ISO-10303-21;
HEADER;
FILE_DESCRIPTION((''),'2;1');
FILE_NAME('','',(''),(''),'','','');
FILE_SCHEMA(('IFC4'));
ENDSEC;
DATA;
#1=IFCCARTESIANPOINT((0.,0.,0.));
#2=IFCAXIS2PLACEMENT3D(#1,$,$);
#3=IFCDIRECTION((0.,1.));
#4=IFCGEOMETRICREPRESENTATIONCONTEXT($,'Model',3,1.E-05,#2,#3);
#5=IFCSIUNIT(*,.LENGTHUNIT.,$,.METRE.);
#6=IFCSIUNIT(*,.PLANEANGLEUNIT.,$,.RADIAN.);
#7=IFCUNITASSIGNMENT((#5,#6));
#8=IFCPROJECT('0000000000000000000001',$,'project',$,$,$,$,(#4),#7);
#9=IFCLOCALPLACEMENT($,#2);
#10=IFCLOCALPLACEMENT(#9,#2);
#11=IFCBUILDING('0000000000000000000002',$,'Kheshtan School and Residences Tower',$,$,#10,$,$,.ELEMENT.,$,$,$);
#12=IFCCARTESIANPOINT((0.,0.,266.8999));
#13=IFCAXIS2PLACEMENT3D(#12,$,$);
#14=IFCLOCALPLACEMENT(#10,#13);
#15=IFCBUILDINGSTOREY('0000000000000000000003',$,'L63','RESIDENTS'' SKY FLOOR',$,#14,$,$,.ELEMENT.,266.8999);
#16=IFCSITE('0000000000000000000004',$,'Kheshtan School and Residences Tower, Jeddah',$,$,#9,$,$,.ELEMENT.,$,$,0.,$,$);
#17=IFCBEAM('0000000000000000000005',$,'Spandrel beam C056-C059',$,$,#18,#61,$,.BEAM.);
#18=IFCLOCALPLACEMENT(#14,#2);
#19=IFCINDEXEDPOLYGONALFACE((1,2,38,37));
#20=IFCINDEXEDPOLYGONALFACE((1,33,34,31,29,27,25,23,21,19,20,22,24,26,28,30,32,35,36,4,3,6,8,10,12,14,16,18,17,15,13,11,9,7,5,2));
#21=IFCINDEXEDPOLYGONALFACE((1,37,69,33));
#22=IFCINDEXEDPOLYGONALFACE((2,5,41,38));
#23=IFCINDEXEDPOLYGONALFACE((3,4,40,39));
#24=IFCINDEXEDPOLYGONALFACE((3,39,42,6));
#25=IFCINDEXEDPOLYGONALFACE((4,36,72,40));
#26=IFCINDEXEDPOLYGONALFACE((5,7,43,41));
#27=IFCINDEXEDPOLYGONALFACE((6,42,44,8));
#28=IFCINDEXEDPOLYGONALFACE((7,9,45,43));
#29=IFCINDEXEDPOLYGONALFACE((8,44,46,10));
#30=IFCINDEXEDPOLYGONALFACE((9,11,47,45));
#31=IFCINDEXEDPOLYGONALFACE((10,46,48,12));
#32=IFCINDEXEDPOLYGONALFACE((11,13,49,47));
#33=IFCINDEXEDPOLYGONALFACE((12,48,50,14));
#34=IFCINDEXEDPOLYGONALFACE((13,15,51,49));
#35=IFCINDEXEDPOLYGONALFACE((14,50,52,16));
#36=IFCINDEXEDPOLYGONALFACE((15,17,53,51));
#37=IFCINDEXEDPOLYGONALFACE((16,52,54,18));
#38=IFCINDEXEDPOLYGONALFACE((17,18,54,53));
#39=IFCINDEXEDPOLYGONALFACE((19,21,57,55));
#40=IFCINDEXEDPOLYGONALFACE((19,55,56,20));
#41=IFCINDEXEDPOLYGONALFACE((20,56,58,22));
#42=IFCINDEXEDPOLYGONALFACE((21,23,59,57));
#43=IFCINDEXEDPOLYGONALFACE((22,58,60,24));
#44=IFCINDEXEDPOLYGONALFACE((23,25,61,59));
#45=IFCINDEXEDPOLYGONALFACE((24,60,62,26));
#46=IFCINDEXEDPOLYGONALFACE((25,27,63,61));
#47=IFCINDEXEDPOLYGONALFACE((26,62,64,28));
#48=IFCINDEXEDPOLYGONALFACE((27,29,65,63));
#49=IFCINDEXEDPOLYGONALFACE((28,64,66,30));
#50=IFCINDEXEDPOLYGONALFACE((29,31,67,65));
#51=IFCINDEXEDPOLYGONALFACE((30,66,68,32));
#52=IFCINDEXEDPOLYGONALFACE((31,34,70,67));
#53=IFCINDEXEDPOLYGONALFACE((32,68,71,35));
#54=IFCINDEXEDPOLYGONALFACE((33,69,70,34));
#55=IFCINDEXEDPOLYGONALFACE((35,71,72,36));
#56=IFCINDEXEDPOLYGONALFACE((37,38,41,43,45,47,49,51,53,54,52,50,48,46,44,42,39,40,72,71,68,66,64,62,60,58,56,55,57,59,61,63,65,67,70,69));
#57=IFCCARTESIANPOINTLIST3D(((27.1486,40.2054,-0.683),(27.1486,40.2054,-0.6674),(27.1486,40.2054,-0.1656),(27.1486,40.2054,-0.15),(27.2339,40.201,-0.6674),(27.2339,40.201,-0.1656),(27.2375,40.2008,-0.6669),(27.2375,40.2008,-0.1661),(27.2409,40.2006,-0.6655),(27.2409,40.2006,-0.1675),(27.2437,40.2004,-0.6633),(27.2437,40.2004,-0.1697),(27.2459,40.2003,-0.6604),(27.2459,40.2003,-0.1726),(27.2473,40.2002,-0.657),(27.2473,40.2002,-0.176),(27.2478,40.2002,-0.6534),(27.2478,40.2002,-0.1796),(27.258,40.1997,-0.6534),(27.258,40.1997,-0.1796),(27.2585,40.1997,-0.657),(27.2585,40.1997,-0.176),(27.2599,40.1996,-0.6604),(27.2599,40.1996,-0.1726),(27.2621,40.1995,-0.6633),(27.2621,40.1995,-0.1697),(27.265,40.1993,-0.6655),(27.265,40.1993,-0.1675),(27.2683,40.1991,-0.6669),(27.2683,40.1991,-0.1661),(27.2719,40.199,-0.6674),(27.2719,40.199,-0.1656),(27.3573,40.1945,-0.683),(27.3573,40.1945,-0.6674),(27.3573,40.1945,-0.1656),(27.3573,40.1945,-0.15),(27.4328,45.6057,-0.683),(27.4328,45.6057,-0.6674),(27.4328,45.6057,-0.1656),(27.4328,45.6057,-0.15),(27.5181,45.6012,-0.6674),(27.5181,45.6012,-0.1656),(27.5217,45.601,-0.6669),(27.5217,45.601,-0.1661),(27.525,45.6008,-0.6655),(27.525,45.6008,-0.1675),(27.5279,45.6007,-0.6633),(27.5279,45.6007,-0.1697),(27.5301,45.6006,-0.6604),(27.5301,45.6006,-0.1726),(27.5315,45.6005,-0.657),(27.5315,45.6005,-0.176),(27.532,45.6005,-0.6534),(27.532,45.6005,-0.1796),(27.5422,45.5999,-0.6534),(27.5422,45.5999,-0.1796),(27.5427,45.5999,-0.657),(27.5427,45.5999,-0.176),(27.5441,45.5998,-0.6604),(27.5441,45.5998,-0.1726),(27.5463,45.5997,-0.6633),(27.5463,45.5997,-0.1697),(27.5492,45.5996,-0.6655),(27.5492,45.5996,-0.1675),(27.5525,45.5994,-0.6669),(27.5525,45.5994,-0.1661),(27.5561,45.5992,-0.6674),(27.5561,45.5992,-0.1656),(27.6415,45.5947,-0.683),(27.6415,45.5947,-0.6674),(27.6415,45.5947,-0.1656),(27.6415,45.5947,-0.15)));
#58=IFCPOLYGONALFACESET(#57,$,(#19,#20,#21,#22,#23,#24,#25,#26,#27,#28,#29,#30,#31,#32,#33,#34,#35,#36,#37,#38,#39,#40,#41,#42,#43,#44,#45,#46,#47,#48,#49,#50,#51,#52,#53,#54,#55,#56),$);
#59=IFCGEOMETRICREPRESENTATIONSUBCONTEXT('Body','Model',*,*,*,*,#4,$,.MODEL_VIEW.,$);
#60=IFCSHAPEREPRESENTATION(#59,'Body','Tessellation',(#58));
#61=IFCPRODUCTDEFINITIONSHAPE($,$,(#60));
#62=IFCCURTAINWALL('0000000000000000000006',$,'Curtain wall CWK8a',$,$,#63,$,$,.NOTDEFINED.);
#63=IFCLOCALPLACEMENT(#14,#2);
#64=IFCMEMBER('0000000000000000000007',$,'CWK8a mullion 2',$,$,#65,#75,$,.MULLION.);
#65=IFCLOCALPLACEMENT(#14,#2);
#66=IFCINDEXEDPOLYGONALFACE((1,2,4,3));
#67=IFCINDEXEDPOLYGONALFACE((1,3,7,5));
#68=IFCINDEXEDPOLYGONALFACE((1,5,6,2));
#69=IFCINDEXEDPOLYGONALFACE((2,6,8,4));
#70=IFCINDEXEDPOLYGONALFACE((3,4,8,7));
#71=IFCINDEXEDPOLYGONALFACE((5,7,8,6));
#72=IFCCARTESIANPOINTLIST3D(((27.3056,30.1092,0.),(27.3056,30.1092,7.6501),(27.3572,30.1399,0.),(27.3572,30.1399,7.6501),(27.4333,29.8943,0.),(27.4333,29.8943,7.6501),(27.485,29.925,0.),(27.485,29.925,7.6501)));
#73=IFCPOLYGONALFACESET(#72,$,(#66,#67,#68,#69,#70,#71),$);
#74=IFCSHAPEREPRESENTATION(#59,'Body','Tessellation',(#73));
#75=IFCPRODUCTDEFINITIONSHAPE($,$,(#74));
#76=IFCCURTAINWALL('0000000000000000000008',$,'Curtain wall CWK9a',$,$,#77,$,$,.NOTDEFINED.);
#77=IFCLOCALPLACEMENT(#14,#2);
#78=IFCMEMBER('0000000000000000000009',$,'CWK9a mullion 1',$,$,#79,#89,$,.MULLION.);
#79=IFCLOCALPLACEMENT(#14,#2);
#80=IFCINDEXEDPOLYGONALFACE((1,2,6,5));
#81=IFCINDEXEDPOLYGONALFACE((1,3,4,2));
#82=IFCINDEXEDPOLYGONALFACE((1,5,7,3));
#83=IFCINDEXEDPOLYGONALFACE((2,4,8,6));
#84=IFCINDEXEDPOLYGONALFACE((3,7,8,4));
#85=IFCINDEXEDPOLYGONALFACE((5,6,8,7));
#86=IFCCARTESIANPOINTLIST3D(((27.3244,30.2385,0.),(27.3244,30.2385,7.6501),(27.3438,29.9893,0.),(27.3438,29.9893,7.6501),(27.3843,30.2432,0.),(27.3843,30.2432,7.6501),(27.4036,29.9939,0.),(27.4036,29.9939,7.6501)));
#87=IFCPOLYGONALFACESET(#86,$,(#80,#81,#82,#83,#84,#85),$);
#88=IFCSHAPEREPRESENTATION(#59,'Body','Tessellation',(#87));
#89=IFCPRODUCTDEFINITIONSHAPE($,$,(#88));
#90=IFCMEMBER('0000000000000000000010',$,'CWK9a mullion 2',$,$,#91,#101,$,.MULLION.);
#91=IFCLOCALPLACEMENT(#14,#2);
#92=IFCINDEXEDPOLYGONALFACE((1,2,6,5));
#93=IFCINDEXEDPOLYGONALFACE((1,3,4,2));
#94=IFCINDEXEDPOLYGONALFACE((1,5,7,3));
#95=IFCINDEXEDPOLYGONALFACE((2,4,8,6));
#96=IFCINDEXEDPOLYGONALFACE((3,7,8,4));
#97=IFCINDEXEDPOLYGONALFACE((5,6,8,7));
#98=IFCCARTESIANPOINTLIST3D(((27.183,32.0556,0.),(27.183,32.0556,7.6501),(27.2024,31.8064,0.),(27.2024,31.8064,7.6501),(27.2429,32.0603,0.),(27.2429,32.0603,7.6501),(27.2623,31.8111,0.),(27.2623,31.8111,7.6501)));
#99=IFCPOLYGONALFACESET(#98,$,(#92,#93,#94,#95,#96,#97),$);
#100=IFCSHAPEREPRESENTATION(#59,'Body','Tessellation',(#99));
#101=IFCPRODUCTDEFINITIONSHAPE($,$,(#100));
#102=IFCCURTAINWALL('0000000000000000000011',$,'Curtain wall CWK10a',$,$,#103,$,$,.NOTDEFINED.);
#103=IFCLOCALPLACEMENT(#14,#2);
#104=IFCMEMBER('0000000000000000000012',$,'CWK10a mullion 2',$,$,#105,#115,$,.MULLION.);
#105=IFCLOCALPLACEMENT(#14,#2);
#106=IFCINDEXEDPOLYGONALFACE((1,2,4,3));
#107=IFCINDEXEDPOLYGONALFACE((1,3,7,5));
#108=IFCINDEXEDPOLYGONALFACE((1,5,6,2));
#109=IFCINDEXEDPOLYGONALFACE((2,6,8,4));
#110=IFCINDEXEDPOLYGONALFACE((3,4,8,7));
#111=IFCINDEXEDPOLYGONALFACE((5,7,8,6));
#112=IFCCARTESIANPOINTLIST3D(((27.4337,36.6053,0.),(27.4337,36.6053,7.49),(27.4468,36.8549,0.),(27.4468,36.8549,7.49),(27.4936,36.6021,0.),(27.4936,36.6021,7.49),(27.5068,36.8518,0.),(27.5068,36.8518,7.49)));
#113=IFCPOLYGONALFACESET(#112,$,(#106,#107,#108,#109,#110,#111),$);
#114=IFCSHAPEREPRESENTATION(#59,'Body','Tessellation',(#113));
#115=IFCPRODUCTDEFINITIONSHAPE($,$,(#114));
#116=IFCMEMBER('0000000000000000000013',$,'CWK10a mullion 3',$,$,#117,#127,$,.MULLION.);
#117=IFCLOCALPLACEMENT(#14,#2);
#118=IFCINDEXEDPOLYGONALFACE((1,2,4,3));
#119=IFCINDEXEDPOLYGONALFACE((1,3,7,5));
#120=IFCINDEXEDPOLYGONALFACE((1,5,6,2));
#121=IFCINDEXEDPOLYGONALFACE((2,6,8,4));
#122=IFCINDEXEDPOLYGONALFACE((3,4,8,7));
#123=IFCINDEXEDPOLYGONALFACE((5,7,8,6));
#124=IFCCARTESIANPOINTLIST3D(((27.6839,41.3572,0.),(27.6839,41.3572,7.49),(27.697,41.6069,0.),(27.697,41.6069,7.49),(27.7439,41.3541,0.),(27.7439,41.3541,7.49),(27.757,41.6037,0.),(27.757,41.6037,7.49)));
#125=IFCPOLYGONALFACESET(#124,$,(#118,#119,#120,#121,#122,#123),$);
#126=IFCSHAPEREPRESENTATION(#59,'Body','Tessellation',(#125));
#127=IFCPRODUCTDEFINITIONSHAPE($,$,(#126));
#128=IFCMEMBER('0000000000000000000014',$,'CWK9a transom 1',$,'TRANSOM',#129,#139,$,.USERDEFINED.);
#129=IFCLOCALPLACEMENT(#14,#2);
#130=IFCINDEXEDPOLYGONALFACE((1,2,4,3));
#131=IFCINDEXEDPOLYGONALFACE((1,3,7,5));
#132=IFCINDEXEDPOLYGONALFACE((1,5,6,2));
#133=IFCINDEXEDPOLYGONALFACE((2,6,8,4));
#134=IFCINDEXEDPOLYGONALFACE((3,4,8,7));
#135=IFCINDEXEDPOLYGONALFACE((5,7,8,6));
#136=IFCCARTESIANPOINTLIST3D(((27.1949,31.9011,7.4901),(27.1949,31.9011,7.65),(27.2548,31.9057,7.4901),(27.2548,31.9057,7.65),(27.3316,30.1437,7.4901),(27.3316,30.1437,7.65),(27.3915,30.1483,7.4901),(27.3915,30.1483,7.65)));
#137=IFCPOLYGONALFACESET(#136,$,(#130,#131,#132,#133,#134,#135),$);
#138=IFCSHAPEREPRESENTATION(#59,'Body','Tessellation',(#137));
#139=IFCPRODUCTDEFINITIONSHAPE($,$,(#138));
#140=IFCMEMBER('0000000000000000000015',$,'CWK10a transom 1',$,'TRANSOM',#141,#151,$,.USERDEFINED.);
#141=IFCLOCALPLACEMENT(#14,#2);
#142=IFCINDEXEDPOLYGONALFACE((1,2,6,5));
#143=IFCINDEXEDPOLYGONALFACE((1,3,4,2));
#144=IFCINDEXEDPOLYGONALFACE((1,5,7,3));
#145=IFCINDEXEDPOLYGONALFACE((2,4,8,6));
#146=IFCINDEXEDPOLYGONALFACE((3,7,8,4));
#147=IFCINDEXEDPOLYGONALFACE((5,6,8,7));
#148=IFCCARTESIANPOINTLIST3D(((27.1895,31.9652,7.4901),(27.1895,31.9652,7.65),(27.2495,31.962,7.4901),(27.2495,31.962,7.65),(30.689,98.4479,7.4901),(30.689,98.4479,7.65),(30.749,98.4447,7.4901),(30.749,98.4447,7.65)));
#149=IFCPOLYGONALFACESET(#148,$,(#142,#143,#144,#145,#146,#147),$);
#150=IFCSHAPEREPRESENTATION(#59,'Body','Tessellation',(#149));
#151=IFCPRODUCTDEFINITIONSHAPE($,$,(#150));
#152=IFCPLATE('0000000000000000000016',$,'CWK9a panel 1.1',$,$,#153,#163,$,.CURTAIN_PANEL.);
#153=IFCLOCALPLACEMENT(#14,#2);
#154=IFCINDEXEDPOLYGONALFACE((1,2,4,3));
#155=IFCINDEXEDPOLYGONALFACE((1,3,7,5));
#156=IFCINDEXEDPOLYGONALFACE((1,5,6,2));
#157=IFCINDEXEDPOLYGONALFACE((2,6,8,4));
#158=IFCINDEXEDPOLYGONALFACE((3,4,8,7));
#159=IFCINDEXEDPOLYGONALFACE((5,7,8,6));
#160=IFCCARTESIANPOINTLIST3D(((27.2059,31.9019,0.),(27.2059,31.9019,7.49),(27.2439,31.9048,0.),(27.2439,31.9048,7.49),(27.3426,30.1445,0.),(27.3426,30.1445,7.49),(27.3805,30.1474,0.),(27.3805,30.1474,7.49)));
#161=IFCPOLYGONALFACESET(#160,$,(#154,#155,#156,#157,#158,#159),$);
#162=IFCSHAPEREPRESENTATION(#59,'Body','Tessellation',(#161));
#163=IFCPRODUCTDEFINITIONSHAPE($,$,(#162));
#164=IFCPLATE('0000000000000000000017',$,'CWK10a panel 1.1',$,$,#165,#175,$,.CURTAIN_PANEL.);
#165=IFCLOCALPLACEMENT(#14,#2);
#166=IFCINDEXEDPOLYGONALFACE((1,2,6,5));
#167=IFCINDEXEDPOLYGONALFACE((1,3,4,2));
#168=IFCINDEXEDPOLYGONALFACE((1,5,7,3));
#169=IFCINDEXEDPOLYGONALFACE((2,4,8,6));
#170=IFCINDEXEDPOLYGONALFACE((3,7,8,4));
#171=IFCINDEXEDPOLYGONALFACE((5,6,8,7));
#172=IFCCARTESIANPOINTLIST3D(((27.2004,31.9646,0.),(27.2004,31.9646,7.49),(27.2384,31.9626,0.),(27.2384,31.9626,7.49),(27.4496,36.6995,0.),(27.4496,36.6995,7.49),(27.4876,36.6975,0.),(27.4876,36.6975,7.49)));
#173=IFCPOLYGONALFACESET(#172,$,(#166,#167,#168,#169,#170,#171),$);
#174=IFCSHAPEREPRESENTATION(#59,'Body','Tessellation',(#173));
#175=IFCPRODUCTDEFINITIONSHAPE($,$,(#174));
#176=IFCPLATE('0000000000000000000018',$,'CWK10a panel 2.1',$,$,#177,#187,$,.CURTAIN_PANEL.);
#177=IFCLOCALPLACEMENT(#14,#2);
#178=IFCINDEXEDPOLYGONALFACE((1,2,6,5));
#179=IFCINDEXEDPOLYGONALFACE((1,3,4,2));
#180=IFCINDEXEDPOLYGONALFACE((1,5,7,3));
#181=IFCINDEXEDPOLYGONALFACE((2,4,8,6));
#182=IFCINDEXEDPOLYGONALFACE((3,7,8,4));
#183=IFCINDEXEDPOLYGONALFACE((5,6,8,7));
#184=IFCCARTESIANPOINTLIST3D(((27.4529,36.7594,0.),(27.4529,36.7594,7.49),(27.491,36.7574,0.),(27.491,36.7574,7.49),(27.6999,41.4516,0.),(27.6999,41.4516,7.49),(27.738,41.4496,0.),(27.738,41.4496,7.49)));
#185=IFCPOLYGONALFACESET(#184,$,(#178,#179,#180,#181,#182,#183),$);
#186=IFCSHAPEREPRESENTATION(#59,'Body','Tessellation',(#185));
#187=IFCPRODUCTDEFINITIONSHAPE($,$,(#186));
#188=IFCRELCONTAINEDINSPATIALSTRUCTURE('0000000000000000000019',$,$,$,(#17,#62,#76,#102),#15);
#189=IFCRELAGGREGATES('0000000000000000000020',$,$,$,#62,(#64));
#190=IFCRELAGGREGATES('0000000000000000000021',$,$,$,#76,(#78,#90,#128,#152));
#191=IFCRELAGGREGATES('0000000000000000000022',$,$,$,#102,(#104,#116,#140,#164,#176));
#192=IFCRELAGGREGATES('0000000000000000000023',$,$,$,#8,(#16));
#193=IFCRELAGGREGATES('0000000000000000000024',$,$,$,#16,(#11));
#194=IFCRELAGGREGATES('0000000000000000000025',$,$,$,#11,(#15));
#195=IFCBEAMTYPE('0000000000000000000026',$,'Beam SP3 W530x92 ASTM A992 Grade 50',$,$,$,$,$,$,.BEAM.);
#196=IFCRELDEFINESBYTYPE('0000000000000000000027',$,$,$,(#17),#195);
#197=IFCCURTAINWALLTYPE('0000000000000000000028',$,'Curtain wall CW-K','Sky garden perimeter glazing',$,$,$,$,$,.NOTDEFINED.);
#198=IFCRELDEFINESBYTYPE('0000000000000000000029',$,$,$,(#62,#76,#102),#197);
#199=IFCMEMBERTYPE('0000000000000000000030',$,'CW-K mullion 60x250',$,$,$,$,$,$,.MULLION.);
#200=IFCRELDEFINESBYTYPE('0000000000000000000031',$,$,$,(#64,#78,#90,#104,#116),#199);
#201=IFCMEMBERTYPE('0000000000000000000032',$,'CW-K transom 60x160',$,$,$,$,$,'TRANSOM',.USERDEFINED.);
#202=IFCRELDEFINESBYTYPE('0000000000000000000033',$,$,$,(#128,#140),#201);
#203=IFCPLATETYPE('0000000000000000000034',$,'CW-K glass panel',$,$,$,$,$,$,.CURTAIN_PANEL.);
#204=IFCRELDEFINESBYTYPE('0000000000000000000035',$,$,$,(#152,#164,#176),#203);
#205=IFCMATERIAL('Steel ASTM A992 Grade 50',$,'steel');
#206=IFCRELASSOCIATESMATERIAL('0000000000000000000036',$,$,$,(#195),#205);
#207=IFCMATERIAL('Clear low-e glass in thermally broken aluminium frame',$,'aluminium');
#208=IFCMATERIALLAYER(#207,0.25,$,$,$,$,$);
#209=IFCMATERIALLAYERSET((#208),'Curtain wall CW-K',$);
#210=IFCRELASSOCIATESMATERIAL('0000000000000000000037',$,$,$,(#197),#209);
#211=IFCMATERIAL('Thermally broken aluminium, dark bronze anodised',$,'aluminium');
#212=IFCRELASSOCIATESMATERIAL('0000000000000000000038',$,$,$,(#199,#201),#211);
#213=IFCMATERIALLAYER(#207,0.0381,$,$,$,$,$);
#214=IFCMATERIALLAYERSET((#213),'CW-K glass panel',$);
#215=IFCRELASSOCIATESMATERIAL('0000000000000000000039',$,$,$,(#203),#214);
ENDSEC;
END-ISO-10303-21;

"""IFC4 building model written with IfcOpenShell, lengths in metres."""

from ifc_helpers import new_model, si_unit, direction, frame, origin, origin_2d, place, context, subcontext, project, spatial, rectangle, i_section, extrude, material, layer, layer_set, material_profile, profile_set, type_object, element, aggregate, save


model = new_model("IFC4")

# Units and contexts
model_context = context("Model", 3, precision=1e-05, world=origin(), true_north=direction((0.0, 1.0)))
body_context = subcontext(model_context, "Body", "Model", "MODEL_VIEW")
ifc_project = project(units=[si_unit("LENGTHUNIT", "METRE"), si_unit("PLANEANGLEUNIT", "RADIAN")], contexts=[model_context])

# Site, building, storey
site_placement = place(None, origin())
site = spatial("IfcSite", under=ifc_project, at=site_placement, Name="Kheshtan School and Residences Tower, Jeddah", CompositionType="ELEMENT", RefElevation=0.0)
building_placement = place(site_placement, origin())
building = spatial("IfcBuilding", under=site, at=building_placement, Name="Kheshtan School and Residences Tower", CompositionType="ELEMENT")
storey_placement = place(building_placement, frame((0.0, 0.0, 266.8999)))
storey = spatial("IfcBuildingStorey", under=building, at=storey_placement, Name="L63", Description="RESIDENTS' SKY FLOOR", CompositionType="ELEMENT", Elevation=266.8999)

# Shared definitions
ifc_material_1 = material(Name="Steel ASTM A992 Grade 50", Category="steel")

# Beam
ifc_material_profile_1 = material_profile(ifc_material_1, i_section(OverallWidth=0.209, OverallDepth=0.533, WebThickness=0.0103, FlangeThickness=0.0156, FilletRadius=0.0139, at=origin_2d()), Name="W530x92")
ifc_profile_set_1 = profile_set([ifc_material_profile_1], Name="Steel ASTM A992 Grade 50")
beam_type_1 = type_object("IfcBeamType", Name="Beam SP3 W530x92 ASTM A992 Grade 50", PredefinedType="BEAM", material=ifc_profile_set_1)
beam_1_placement = place(storey_placement, frame((27.2529, 40.2, -0.4165), z_axis=(0.052552, 0.998618, 0.0), x_axis=(-0.998618, 0.052552, 0.0)))
element("IfcBeam", 1, at=beam_1_placement, inside=storey, type_object=beam_type_1, Name="Spandrel beam C056-C059", PredefinedType="BEAM", context=body_context, shape_type="SweptSolid", body=[
    extrude(i_section(OverallWidth=0.209, OverallDepth=0.533, WebThickness=0.0103, FlangeThickness=0.0156, FilletRadius=0.0139, at=origin_2d()), origin(), (0.0, 0.0, 1.0), 5.4077),
])

# Curtain wall, member
ifc_material_2 = material(Name="Clear low-e glass in thermally broken aluminium frame", Category="aluminium")
ifc_layer_1 = layer(ifc_material_2, 0.25)
ifc_layer_set_1 = layer_set([ifc_layer_1], Name="Curtain wall CW-K")
curtain_wall_type = type_object("IfcCurtainWallType", Name="Curtain wall CW-K", Description="Sky garden perimeter glazing", PredefinedType="NOTDEFINED", material=ifc_layer_set_1)
curtain_wall_1_placement = place(storey_placement, origin())
curtain_wall_1 = element("IfcCurtainWall", 2, at=curtain_wall_1_placement, inside=storey, type_object=curtain_wall_type, Name="Curtain wall CWK8a", PredefinedType="NOTDEFINED")
ifc_material_3 = material(Name="Thermally broken aluminium, dark bronze anodised", Category="aluminium")
ifc_material_profile_2 = material_profile(ifc_material_3, rectangle(XDim=0.0601, YDim=0.25, at=origin_2d()), Name="CW-K mullion 60x250")
ifc_profile_set_2 = profile_set([ifc_material_profile_2], Name="Thermally broken aluminium, dark bronze anodised")
member_type_1 = type_object("IfcMemberType", Name="CW-K mullion 60x250", PredefinedType="MULLION", material=ifc_profile_set_2)
member_1_placement = place(storey_placement, frame((27.3953, 30.0171, 0.0), z_axis=(0.0, 0.0, 1.0), x_axis=(-0.859536, -0.511075, 0.0)))
member_1 = element("IfcMember", 3, at=member_1_placement, type_object=member_type_1, Name="CWK8a mullion 2", PredefinedType="MULLION", context=body_context, shape_type="SweptSolid", body=[
    extrude(rectangle(XDim=0.0601, YDim=0.25, at=origin_2d()), origin(), (0.0, 0.0, 1.0), 7.6501),
])
aggregate(curtain_wall_1, [member_1])

# Curtain walls, members
curtain_wall_2_placement = place(storey_placement, origin())
curtain_wall_2 = element("IfcCurtainWall", 4, at=curtain_wall_2_placement, inside=storey, type_object=curtain_wall_type, Name="Curtain wall CWK9a", PredefinedType="NOTDEFINED")
member_2_placement = place(storey_placement, frame((27.364, 30.1162, 0.0), z_axis=(0.0, 0.0, 1.0), x_axis=(-0.996989, -0.077549, 0.0)))
member_2 = element("IfcMember", 5, at=member_2_placement, type_object=member_type_1, Name="CWK9a mullion 1", PredefinedType="MULLION", context=body_context, shape_type="SweptSolid", body=[
    extrude(rectangle(XDim=0.0601, YDim=0.25, at=origin_2d()), origin(), (0.0, 0.0, 1.0), 7.6501),
])
member_3_placement = place(storey_placement, frame((27.2227, 31.9333, 0.0), z_axis=(0.0, 0.0, 1.0), x_axis=(-0.996989, -0.077549, 0.0)))
member_3 = element("IfcMember", 6, at=member_3_placement, type_object=member_type_1, Name="CWK9a mullion 2", PredefinedType="MULLION", context=body_context, shape_type="SweptSolid", body=[
    extrude(rectangle(XDim=0.0601, YDim=0.25, at=origin_2d()), origin(), (0.0, 0.0, 1.0), 7.6501),
])
curtain_wall_3_placement = place(storey_placement, origin())
curtain_wall_3 = element("IfcCurtainWall", 7, at=curtain_wall_3_placement, inside=storey, type_object=curtain_wall_type, Name="Curtain wall CWK10a", PredefinedType="NOTDEFINED")
member_4_placement = place(storey_placement, frame((27.4702, 36.7285, 0.0), z_axis=(0.0, 0.0, 1.0), x_axis=(-0.998617, 0.052565, 0.0)))
member_4 = element("IfcMember", 8, at=member_4_placement, type_object=member_type_1, Name="CWK10a mullion 2", PredefinedType="MULLION", context=body_context, shape_type="SweptSolid", body=[
    extrude(rectangle(XDim=0.0601, YDim=0.25, at=origin_2d()), origin(), (0.0, 0.0, 1.0), 7.49),
])
member_5_placement = place(storey_placement, frame((27.7205, 41.4805, 0.0), z_axis=(0.0, 0.0, 1.0), x_axis=(-0.998617, 0.052565, 0.0)))
member_5 = element("IfcMember", 9, at=member_5_placement, type_object=member_type_1, Name="CWK10a mullion 3", PredefinedType="MULLION", context=body_context, shape_type="SweptSolid", body=[
    extrude(rectangle(XDim=0.0601, YDim=0.25, at=origin_2d()), origin(), (0.0, 0.0, 1.0), 7.49),
])

# Members
ifc_material_profile_3 = material_profile(ifc_material_3, rectangle(XDim=0.0601, YDim=0.1599, at=origin_2d()), Name="CW-K transom 60x160")
ifc_profile_set_3 = profile_set([ifc_material_profile_3], Name="Thermally broken aluminium, dark bronze anodised")
member_type_2 = type_object("IfcMemberType", Name="CW-K transom 60x160", ElementType="TRANSOM", PredefinedType="USERDEFINED", material=ifc_profile_set_3)
member_6_placement = place(storey_placement, frame((27.3616, 30.146, 7.5701), z_axis=(-0.077565, 0.996987, 0.0), x_axis=(-0.996987, -0.077565, 0.0)))
member_6 = element("IfcMember", 10, at=member_6_placement, type_object=member_type_2, Name="CWK9a transom 1", ObjectType="TRANSOM", PredefinedType="USERDEFINED", context=body_context, shape_type="SweptSolid", body=[
    extrude(rectangle(XDim=0.0601, YDim=0.1599, at=origin_2d()), origin(), (0.0, 0.0, 1.0), 1.7627),
])
member_7_placement = place(storey_placement, frame((27.2195, 31.9636, 7.5701), z_axis=(0.052565, 0.998617, 0.0), x_axis=(-0.998617, 0.052565, 0.0)))
member_7 = element("IfcMember", 11, at=member_7_placement, type_object=member_type_2, Name="CWK10a transom 1", ObjectType="TRANSOM", PredefinedType="USERDEFINED", context=body_context, shape_type="SweptSolid", body=[
    extrude(rectangle(XDim=0.0601, YDim=0.1599, at=origin_2d()), origin(), (0.0, 0.0, 1.0), 66.5747),
])

# Plates
ifc_layer_2 = layer(ifc_material_2, 0.0381)
ifc_layer_set_2 = layer_set([ifc_layer_2], Name="CW-K glass panel")
plate_type = type_object("IfcPlateType", Name="CW-K glass panel", PredefinedType="CURTAIN_PANEL", material=ifc_layer_set_2)
plate_1_placement = place(storey_placement, frame((27.2932, 31.0247, 0.0), z_axis=(0.0, 0.0, 1.0), x_axis=(-0.077549, 0.996989, 0.0)))
plate_1 = element("IfcPlate", 12, at=plate_1_placement, type_object=plate_type, Name="CWK9a panel 1.1", PredefinedType="CURTAIN_PANEL", context=body_context, shape_type="SweptSolid", body=[
    extrude(rectangle(XDim=1.7627, YDim=0.0381, at=origin_2d()), origin(), (0.0, 0.0, 1.0), 7.49),
])
aggregate(curtain_wall_2, [member_2, member_3, member_6, plate_1])
plate_2_placement = place(storey_placement, frame((27.344, 34.3311, 0.0), z_axis=(0.0, 0.0, 1.0), x_axis=(0.052565, 0.998617, 0.0)))
plate_2 = element("IfcPlate", 13, at=plate_2_placement, type_object=plate_type, Name="CWK10a panel 1.1", PredefinedType="CURTAIN_PANEL", context=body_context, shape_type="SweptSolid", body=[
    extrude(rectangle(XDim=4.7415, YDim=0.0381, at=origin_2d()), origin(), (0.0, 0.0, 1.0), 7.49),
])
plate_3_placement = place(storey_placement, frame((27.5955, 39.1045, 0.0), z_axis=(0.0, 0.0, 1.0), x_axis=(0.052565, 0.998617, 0.0)))
plate_3 = element("IfcPlate", 14, at=plate_3_placement, type_object=plate_type, Name="CWK10a panel 2.1", PredefinedType="CURTAIN_PANEL", context=body_context, shape_type="SweptSolid", body=[
    extrude(rectangle(XDim=4.6987, YDim=0.0381, at=origin_2d()), origin(), (0.0, 0.0, 1.0), 7.49),
])
aggregate(curtain_wall_3, [member_4, member_5, member_7, plate_2, plate_3])

save(model, "model.ifc")
